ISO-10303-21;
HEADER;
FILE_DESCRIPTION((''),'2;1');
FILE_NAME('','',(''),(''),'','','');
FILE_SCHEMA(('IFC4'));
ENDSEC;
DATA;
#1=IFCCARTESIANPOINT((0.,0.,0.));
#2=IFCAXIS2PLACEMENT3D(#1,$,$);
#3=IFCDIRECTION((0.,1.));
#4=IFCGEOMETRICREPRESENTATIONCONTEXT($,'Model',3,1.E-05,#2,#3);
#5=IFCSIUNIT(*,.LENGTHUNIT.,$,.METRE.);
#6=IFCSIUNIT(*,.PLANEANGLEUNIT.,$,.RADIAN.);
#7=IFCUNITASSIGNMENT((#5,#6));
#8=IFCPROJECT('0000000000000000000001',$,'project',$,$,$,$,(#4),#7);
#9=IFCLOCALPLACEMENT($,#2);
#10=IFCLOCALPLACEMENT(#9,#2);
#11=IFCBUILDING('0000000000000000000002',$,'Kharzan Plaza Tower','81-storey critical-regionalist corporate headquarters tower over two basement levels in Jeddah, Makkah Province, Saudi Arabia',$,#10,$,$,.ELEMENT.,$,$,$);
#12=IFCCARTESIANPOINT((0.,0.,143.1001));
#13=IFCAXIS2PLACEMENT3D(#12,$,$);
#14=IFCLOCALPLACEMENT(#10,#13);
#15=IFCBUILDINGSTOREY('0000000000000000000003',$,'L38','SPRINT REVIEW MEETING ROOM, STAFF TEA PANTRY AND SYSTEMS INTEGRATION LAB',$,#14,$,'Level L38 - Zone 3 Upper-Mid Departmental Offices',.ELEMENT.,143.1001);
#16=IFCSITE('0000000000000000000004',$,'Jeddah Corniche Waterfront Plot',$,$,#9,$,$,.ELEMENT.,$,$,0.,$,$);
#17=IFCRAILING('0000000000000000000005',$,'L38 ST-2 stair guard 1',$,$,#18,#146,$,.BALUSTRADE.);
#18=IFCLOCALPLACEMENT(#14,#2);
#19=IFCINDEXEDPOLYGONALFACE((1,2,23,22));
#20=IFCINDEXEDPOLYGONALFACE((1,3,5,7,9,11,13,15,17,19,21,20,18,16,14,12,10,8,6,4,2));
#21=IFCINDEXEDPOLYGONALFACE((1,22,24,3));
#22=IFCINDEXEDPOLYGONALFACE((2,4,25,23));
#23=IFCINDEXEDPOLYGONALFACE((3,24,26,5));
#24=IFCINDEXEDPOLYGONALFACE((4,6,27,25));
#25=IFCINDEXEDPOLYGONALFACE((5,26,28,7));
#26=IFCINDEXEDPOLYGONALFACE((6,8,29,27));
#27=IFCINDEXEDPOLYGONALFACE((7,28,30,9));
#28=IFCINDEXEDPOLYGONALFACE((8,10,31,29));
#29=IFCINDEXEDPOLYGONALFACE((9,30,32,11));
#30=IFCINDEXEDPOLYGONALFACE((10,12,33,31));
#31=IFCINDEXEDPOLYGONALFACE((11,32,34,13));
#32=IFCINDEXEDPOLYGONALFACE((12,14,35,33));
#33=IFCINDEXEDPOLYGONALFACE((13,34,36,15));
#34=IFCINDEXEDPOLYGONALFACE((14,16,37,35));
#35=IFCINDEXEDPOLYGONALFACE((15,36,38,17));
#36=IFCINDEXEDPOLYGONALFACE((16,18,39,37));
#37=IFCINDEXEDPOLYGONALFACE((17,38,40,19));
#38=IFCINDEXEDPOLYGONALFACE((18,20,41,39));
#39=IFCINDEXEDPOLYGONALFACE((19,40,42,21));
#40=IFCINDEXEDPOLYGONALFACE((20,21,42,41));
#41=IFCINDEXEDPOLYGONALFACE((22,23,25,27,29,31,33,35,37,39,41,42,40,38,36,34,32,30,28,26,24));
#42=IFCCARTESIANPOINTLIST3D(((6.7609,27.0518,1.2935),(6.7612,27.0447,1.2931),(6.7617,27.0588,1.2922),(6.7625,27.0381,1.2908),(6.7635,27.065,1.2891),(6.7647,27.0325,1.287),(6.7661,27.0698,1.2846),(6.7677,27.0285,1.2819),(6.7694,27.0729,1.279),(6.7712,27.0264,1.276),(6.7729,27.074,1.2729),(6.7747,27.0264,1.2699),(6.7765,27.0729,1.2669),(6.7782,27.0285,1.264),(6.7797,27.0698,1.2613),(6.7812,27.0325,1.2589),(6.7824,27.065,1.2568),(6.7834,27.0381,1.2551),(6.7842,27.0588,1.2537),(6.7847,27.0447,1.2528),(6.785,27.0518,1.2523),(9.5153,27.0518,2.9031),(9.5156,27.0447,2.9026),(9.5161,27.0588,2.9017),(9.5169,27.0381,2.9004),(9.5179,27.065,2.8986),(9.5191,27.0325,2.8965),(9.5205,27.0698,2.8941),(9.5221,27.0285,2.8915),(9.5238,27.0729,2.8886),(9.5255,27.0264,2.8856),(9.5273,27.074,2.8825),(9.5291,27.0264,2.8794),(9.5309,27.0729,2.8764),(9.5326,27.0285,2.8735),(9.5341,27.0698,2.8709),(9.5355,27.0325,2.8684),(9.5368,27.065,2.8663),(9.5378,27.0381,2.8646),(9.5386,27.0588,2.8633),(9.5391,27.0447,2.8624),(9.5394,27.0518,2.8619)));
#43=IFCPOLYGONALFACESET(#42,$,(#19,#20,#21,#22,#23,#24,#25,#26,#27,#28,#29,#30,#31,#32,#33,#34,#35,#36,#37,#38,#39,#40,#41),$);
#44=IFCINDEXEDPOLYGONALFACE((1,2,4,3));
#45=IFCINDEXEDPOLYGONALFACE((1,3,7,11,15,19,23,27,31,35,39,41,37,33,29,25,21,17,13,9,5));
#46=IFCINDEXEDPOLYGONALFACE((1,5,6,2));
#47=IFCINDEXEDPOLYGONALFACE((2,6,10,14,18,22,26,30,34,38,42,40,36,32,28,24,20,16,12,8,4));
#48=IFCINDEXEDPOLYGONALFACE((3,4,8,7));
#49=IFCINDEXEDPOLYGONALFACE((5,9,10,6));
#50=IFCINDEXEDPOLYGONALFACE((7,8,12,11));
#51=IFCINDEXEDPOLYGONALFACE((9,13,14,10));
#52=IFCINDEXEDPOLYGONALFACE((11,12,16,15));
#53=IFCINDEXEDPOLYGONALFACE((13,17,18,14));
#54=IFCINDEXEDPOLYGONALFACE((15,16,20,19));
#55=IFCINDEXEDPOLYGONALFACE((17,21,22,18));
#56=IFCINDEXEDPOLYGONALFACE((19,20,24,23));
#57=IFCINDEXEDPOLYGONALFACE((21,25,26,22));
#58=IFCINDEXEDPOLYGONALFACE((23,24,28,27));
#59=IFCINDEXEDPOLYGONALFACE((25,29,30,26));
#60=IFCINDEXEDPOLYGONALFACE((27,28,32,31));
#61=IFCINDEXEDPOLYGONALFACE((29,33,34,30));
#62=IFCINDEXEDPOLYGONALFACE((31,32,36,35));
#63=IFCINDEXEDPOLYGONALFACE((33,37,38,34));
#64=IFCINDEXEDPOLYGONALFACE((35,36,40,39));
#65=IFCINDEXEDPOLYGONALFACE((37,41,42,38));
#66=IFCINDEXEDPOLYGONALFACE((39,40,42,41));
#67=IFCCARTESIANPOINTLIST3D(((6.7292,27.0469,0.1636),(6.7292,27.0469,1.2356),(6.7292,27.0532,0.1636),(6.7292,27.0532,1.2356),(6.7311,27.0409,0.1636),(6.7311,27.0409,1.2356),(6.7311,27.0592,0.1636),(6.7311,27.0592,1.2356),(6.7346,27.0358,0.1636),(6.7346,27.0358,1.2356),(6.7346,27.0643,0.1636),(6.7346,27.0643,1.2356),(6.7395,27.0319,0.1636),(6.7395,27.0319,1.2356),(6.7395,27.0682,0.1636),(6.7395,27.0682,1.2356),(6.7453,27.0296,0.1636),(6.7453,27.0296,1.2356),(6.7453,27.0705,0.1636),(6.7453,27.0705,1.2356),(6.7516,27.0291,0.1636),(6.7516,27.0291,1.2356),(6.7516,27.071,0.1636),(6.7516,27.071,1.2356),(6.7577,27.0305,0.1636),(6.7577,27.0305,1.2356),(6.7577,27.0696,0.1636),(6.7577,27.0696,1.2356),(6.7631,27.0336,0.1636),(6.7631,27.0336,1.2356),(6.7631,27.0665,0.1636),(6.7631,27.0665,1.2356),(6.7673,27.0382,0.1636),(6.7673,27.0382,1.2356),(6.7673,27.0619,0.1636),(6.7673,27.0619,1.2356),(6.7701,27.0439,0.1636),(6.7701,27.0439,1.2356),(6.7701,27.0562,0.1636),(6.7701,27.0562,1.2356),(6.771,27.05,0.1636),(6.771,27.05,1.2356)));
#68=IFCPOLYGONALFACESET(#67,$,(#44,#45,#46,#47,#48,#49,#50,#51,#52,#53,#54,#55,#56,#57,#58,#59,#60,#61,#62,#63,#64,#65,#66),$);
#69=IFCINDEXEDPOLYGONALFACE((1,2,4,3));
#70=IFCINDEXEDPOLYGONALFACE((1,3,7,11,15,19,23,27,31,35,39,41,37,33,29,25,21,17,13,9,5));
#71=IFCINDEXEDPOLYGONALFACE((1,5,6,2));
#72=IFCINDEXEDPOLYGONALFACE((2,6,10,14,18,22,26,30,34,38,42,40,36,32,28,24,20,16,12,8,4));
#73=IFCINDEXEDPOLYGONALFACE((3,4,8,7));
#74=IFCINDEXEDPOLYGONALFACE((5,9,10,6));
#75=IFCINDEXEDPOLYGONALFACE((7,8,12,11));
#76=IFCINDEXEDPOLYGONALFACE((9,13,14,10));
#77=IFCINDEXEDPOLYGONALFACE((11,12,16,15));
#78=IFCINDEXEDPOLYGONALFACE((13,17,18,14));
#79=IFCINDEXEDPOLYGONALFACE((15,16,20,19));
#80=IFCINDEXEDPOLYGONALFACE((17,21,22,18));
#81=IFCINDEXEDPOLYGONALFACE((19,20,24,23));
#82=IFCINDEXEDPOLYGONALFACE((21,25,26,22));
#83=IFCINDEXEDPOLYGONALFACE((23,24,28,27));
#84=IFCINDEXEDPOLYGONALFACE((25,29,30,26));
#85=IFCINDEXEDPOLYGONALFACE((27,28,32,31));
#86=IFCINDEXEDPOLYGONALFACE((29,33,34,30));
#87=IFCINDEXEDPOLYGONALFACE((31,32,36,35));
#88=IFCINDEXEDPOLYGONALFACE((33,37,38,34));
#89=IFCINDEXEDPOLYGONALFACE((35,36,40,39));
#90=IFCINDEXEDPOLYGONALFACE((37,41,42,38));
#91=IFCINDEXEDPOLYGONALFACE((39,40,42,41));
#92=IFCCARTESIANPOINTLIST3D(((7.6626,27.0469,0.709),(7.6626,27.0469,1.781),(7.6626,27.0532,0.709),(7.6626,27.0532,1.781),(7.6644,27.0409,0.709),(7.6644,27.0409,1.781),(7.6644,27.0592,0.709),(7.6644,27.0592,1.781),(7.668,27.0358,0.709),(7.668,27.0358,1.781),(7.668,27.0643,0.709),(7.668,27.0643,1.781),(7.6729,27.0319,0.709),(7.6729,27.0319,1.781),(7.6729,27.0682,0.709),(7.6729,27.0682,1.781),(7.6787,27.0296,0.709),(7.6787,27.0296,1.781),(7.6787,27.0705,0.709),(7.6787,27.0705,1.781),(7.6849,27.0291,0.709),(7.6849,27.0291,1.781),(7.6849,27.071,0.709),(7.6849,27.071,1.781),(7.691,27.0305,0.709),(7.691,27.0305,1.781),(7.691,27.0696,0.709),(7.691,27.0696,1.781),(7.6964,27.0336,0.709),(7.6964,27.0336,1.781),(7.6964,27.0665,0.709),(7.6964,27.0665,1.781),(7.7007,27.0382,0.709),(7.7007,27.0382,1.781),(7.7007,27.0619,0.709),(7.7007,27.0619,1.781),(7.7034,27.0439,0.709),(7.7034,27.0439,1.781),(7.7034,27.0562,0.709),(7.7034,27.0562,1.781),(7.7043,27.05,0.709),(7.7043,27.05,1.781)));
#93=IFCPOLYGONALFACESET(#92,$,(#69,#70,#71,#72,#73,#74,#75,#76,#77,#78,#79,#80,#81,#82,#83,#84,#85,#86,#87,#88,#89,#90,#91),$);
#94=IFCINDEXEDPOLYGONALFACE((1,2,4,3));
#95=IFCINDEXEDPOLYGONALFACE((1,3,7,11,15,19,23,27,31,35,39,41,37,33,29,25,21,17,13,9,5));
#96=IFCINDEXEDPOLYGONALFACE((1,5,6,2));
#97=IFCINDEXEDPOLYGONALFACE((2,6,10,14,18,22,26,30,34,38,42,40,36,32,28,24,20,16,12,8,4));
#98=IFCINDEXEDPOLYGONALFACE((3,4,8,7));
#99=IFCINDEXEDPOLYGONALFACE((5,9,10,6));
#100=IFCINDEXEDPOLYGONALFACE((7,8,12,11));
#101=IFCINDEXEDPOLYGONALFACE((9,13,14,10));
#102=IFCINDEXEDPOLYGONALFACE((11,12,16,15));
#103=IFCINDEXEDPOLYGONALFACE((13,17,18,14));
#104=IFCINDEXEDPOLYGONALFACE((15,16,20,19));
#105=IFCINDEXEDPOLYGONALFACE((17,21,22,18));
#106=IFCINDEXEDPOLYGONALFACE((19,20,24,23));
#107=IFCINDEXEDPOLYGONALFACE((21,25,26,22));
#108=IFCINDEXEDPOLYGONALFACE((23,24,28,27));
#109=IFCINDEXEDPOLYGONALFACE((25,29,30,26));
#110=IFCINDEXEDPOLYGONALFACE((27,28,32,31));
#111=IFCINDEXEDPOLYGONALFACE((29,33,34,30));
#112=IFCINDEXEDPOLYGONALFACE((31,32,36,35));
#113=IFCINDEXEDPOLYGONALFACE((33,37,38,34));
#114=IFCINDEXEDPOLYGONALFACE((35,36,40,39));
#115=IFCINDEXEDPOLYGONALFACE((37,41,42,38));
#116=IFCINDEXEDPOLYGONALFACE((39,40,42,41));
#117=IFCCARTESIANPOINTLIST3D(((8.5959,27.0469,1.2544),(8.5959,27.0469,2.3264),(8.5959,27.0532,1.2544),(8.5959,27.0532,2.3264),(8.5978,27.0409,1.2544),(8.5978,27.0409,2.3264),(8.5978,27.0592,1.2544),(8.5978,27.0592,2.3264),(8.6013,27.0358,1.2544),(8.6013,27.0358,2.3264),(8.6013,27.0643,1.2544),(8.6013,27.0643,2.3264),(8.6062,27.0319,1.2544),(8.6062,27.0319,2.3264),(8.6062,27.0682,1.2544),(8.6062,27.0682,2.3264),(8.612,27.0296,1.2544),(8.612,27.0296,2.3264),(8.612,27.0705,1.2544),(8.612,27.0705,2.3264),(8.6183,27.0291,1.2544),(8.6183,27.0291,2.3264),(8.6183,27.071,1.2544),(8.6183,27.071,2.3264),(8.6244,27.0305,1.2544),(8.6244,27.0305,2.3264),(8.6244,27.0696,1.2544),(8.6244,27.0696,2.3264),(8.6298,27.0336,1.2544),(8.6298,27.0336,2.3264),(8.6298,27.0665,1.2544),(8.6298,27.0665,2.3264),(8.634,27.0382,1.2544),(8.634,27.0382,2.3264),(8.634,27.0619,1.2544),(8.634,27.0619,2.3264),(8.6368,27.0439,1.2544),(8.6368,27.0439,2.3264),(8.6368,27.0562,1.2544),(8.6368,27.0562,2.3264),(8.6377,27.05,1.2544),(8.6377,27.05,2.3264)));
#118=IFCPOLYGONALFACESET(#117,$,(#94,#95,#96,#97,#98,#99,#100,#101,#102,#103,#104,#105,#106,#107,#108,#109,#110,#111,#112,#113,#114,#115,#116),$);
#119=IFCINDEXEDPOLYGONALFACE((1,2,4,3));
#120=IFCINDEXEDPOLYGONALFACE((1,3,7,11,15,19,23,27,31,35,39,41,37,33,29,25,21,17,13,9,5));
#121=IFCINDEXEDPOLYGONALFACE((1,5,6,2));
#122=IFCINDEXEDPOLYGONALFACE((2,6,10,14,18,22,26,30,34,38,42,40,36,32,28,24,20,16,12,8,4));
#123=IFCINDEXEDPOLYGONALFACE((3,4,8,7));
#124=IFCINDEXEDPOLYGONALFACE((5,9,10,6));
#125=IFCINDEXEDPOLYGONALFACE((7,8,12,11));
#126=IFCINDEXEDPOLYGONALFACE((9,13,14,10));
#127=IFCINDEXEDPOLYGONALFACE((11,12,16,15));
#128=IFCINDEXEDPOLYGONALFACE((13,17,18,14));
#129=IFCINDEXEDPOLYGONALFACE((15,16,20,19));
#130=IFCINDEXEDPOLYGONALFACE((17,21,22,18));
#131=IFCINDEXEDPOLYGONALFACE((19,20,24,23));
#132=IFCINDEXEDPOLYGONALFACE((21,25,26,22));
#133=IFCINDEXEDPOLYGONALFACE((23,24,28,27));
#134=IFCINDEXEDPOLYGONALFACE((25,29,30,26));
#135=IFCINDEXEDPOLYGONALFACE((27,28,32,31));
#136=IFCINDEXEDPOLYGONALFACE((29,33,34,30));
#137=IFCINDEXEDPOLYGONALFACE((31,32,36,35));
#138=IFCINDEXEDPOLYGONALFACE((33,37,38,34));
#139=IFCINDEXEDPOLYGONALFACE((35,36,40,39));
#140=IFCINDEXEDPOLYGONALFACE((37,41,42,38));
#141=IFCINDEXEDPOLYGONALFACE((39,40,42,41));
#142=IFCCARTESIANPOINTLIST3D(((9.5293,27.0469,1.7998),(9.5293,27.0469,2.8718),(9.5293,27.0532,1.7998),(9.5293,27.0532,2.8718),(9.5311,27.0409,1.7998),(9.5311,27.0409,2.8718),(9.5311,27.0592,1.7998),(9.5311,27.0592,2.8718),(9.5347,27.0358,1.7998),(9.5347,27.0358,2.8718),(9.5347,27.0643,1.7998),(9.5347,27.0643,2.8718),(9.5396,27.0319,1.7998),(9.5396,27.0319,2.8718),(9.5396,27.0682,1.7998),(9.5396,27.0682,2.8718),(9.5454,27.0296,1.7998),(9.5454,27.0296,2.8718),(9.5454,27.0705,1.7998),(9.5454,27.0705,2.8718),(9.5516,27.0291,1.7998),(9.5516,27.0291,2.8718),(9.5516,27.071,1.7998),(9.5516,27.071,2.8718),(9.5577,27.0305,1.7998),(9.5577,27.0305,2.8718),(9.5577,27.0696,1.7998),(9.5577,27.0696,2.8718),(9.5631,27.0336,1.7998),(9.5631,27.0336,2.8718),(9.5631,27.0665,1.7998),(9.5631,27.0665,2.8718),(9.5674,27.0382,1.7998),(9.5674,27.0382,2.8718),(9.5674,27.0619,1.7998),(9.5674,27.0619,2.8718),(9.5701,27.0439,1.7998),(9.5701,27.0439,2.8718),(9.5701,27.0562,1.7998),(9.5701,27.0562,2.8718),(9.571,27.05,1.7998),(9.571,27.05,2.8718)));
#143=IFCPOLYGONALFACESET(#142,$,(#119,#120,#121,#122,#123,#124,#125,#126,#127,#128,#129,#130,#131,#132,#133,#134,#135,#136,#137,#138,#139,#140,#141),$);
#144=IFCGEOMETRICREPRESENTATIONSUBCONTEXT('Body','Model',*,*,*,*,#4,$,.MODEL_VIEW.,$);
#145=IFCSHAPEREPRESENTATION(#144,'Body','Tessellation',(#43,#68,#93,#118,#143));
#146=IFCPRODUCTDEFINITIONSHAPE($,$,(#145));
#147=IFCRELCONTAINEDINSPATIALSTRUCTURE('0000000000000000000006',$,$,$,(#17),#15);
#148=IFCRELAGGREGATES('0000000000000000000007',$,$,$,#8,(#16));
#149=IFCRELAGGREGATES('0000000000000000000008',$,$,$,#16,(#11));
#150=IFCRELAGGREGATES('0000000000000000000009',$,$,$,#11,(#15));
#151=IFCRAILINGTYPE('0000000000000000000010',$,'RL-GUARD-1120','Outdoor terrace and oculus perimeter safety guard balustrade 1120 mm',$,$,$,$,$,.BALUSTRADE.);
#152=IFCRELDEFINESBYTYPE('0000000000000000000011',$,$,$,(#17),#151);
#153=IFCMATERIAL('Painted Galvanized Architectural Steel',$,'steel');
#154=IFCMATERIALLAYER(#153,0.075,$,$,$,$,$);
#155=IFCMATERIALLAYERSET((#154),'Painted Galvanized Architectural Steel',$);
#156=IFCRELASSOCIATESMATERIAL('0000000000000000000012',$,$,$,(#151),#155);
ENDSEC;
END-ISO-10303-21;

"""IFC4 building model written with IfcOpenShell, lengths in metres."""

from ifc_helpers import new_model, si_unit, direction, frame, origin, origin_2d, place, context, subcontext, project, spatial, circle, extrude, source, transform, mapped, material, layer, layer_set, type_object, element, save


model = new_model("IFC4")

# Units and contexts
model_context = context("Model", 3, precision=1e-05, world=origin(), true_north=direction((0.0, 1.0)))
body_context = subcontext(model_context, "Body", "Model", "MODEL_VIEW")
ifc_project = project(units=[si_unit("LENGTHUNIT", "METRE"), si_unit("PLANEANGLEUNIT", "RADIAN")], contexts=[model_context])

# Site, building, storey
site_placement = place(None, origin())
site = spatial("IfcSite", under=ifc_project, at=site_placement, Name="Jeddah Corniche Waterfront Plot", CompositionType="ELEMENT", RefElevation=0.0)
building_placement = place(site_placement, origin())
building = spatial("IfcBuilding", under=site, at=building_placement, Name="Kharzan Plaza Tower", Description="81-storey critical-regionalist corporate headquarters tower over two basement levels in Jeddah, Makkah Province, Saudi Arabia", CompositionType="ELEMENT")
storey_placement = place(building_placement, frame((0.0, 0.0, 143.1001)))
storey = spatial("IfcBuildingStorey", under=building, at=storey_placement, Name="L38", Description="SPRINT REVIEW MEETING ROOM, STAFF TEA PANTRY AND SYSTEMS INTEGRATION LAB", LongName="Level L38 - Zone 3 Upper-Mid Departmental Offices", CompositionType="ELEMENT", Elevation=143.1001)

# Railing
ifc_material_1 = material(Name="Painted Galvanized Architectural Steel", Category="steel")
ifc_layer_1 = layer(ifc_material_1, 0.075)
ifc_layer_set_1 = layer_set([ifc_layer_1], Name="Painted Galvanized Architectural Steel")
railing_type_1 = type_object("IfcRailingType", Name="RL-GUARD-1120", Description="Outdoor terrace and oculus perimeter safety guard balustrade 1120 mm", PredefinedType="BALUSTRADE", material=ifc_layer_set_1)
shared_shape_1 = source(origin(), body_context, "Body", "SweptSolid", [
    extrude(circle(Radius=0.0239, at=origin_2d()), frame((0.0229, 0.0, 1.1094), z_axis=(0.863394, 0.0, 0.504531), x_axis=(0.0, 1.0, 0.0)), (0.0, 0.0, 1.0), 3.1902),
    extrude(circle(Radius=0.021, at=origin_2d()), origin(), (0.0, 0.0, 1.0), 1.072),
    extrude(circle(Radius=0.021, at=origin_2d()), frame((0.9333, 0.0, 0.5454)), (0.0, 0.0, 1.0), 1.072),
    extrude(circle(Radius=0.021, at=origin_2d()), frame((1.8667, 0.0, 1.0908)), (0.0, 0.0, 1.0), 1.072),
    extrude(circle(Radius=0.021, at=origin_2d()), frame((2.8, 0.0, 1.6362)), (0.0, 0.0, 1.0), 1.072),
])
railing_1_placement = place(storey_placement, frame((6.75, 27.05, 0.1636)))
element("IfcRailing", 1, at=railing_1_placement, inside=storey, type_object=railing_type_1, Name="L38 ST-2 stair guard 1", PredefinedType="BALUSTRADE", context=body_context, shape_type="MappedRepresentation", body=[
    mapped(shared_shape_1, transform((0.0, 0.0, 0.0), x_axis=(1.0, 0.0, 0.0), y_axis=(0.0, 1.0, 0.0), z_axis=(0.0, 0.0, 1.0))),
])

save(model, "model.ifc")
